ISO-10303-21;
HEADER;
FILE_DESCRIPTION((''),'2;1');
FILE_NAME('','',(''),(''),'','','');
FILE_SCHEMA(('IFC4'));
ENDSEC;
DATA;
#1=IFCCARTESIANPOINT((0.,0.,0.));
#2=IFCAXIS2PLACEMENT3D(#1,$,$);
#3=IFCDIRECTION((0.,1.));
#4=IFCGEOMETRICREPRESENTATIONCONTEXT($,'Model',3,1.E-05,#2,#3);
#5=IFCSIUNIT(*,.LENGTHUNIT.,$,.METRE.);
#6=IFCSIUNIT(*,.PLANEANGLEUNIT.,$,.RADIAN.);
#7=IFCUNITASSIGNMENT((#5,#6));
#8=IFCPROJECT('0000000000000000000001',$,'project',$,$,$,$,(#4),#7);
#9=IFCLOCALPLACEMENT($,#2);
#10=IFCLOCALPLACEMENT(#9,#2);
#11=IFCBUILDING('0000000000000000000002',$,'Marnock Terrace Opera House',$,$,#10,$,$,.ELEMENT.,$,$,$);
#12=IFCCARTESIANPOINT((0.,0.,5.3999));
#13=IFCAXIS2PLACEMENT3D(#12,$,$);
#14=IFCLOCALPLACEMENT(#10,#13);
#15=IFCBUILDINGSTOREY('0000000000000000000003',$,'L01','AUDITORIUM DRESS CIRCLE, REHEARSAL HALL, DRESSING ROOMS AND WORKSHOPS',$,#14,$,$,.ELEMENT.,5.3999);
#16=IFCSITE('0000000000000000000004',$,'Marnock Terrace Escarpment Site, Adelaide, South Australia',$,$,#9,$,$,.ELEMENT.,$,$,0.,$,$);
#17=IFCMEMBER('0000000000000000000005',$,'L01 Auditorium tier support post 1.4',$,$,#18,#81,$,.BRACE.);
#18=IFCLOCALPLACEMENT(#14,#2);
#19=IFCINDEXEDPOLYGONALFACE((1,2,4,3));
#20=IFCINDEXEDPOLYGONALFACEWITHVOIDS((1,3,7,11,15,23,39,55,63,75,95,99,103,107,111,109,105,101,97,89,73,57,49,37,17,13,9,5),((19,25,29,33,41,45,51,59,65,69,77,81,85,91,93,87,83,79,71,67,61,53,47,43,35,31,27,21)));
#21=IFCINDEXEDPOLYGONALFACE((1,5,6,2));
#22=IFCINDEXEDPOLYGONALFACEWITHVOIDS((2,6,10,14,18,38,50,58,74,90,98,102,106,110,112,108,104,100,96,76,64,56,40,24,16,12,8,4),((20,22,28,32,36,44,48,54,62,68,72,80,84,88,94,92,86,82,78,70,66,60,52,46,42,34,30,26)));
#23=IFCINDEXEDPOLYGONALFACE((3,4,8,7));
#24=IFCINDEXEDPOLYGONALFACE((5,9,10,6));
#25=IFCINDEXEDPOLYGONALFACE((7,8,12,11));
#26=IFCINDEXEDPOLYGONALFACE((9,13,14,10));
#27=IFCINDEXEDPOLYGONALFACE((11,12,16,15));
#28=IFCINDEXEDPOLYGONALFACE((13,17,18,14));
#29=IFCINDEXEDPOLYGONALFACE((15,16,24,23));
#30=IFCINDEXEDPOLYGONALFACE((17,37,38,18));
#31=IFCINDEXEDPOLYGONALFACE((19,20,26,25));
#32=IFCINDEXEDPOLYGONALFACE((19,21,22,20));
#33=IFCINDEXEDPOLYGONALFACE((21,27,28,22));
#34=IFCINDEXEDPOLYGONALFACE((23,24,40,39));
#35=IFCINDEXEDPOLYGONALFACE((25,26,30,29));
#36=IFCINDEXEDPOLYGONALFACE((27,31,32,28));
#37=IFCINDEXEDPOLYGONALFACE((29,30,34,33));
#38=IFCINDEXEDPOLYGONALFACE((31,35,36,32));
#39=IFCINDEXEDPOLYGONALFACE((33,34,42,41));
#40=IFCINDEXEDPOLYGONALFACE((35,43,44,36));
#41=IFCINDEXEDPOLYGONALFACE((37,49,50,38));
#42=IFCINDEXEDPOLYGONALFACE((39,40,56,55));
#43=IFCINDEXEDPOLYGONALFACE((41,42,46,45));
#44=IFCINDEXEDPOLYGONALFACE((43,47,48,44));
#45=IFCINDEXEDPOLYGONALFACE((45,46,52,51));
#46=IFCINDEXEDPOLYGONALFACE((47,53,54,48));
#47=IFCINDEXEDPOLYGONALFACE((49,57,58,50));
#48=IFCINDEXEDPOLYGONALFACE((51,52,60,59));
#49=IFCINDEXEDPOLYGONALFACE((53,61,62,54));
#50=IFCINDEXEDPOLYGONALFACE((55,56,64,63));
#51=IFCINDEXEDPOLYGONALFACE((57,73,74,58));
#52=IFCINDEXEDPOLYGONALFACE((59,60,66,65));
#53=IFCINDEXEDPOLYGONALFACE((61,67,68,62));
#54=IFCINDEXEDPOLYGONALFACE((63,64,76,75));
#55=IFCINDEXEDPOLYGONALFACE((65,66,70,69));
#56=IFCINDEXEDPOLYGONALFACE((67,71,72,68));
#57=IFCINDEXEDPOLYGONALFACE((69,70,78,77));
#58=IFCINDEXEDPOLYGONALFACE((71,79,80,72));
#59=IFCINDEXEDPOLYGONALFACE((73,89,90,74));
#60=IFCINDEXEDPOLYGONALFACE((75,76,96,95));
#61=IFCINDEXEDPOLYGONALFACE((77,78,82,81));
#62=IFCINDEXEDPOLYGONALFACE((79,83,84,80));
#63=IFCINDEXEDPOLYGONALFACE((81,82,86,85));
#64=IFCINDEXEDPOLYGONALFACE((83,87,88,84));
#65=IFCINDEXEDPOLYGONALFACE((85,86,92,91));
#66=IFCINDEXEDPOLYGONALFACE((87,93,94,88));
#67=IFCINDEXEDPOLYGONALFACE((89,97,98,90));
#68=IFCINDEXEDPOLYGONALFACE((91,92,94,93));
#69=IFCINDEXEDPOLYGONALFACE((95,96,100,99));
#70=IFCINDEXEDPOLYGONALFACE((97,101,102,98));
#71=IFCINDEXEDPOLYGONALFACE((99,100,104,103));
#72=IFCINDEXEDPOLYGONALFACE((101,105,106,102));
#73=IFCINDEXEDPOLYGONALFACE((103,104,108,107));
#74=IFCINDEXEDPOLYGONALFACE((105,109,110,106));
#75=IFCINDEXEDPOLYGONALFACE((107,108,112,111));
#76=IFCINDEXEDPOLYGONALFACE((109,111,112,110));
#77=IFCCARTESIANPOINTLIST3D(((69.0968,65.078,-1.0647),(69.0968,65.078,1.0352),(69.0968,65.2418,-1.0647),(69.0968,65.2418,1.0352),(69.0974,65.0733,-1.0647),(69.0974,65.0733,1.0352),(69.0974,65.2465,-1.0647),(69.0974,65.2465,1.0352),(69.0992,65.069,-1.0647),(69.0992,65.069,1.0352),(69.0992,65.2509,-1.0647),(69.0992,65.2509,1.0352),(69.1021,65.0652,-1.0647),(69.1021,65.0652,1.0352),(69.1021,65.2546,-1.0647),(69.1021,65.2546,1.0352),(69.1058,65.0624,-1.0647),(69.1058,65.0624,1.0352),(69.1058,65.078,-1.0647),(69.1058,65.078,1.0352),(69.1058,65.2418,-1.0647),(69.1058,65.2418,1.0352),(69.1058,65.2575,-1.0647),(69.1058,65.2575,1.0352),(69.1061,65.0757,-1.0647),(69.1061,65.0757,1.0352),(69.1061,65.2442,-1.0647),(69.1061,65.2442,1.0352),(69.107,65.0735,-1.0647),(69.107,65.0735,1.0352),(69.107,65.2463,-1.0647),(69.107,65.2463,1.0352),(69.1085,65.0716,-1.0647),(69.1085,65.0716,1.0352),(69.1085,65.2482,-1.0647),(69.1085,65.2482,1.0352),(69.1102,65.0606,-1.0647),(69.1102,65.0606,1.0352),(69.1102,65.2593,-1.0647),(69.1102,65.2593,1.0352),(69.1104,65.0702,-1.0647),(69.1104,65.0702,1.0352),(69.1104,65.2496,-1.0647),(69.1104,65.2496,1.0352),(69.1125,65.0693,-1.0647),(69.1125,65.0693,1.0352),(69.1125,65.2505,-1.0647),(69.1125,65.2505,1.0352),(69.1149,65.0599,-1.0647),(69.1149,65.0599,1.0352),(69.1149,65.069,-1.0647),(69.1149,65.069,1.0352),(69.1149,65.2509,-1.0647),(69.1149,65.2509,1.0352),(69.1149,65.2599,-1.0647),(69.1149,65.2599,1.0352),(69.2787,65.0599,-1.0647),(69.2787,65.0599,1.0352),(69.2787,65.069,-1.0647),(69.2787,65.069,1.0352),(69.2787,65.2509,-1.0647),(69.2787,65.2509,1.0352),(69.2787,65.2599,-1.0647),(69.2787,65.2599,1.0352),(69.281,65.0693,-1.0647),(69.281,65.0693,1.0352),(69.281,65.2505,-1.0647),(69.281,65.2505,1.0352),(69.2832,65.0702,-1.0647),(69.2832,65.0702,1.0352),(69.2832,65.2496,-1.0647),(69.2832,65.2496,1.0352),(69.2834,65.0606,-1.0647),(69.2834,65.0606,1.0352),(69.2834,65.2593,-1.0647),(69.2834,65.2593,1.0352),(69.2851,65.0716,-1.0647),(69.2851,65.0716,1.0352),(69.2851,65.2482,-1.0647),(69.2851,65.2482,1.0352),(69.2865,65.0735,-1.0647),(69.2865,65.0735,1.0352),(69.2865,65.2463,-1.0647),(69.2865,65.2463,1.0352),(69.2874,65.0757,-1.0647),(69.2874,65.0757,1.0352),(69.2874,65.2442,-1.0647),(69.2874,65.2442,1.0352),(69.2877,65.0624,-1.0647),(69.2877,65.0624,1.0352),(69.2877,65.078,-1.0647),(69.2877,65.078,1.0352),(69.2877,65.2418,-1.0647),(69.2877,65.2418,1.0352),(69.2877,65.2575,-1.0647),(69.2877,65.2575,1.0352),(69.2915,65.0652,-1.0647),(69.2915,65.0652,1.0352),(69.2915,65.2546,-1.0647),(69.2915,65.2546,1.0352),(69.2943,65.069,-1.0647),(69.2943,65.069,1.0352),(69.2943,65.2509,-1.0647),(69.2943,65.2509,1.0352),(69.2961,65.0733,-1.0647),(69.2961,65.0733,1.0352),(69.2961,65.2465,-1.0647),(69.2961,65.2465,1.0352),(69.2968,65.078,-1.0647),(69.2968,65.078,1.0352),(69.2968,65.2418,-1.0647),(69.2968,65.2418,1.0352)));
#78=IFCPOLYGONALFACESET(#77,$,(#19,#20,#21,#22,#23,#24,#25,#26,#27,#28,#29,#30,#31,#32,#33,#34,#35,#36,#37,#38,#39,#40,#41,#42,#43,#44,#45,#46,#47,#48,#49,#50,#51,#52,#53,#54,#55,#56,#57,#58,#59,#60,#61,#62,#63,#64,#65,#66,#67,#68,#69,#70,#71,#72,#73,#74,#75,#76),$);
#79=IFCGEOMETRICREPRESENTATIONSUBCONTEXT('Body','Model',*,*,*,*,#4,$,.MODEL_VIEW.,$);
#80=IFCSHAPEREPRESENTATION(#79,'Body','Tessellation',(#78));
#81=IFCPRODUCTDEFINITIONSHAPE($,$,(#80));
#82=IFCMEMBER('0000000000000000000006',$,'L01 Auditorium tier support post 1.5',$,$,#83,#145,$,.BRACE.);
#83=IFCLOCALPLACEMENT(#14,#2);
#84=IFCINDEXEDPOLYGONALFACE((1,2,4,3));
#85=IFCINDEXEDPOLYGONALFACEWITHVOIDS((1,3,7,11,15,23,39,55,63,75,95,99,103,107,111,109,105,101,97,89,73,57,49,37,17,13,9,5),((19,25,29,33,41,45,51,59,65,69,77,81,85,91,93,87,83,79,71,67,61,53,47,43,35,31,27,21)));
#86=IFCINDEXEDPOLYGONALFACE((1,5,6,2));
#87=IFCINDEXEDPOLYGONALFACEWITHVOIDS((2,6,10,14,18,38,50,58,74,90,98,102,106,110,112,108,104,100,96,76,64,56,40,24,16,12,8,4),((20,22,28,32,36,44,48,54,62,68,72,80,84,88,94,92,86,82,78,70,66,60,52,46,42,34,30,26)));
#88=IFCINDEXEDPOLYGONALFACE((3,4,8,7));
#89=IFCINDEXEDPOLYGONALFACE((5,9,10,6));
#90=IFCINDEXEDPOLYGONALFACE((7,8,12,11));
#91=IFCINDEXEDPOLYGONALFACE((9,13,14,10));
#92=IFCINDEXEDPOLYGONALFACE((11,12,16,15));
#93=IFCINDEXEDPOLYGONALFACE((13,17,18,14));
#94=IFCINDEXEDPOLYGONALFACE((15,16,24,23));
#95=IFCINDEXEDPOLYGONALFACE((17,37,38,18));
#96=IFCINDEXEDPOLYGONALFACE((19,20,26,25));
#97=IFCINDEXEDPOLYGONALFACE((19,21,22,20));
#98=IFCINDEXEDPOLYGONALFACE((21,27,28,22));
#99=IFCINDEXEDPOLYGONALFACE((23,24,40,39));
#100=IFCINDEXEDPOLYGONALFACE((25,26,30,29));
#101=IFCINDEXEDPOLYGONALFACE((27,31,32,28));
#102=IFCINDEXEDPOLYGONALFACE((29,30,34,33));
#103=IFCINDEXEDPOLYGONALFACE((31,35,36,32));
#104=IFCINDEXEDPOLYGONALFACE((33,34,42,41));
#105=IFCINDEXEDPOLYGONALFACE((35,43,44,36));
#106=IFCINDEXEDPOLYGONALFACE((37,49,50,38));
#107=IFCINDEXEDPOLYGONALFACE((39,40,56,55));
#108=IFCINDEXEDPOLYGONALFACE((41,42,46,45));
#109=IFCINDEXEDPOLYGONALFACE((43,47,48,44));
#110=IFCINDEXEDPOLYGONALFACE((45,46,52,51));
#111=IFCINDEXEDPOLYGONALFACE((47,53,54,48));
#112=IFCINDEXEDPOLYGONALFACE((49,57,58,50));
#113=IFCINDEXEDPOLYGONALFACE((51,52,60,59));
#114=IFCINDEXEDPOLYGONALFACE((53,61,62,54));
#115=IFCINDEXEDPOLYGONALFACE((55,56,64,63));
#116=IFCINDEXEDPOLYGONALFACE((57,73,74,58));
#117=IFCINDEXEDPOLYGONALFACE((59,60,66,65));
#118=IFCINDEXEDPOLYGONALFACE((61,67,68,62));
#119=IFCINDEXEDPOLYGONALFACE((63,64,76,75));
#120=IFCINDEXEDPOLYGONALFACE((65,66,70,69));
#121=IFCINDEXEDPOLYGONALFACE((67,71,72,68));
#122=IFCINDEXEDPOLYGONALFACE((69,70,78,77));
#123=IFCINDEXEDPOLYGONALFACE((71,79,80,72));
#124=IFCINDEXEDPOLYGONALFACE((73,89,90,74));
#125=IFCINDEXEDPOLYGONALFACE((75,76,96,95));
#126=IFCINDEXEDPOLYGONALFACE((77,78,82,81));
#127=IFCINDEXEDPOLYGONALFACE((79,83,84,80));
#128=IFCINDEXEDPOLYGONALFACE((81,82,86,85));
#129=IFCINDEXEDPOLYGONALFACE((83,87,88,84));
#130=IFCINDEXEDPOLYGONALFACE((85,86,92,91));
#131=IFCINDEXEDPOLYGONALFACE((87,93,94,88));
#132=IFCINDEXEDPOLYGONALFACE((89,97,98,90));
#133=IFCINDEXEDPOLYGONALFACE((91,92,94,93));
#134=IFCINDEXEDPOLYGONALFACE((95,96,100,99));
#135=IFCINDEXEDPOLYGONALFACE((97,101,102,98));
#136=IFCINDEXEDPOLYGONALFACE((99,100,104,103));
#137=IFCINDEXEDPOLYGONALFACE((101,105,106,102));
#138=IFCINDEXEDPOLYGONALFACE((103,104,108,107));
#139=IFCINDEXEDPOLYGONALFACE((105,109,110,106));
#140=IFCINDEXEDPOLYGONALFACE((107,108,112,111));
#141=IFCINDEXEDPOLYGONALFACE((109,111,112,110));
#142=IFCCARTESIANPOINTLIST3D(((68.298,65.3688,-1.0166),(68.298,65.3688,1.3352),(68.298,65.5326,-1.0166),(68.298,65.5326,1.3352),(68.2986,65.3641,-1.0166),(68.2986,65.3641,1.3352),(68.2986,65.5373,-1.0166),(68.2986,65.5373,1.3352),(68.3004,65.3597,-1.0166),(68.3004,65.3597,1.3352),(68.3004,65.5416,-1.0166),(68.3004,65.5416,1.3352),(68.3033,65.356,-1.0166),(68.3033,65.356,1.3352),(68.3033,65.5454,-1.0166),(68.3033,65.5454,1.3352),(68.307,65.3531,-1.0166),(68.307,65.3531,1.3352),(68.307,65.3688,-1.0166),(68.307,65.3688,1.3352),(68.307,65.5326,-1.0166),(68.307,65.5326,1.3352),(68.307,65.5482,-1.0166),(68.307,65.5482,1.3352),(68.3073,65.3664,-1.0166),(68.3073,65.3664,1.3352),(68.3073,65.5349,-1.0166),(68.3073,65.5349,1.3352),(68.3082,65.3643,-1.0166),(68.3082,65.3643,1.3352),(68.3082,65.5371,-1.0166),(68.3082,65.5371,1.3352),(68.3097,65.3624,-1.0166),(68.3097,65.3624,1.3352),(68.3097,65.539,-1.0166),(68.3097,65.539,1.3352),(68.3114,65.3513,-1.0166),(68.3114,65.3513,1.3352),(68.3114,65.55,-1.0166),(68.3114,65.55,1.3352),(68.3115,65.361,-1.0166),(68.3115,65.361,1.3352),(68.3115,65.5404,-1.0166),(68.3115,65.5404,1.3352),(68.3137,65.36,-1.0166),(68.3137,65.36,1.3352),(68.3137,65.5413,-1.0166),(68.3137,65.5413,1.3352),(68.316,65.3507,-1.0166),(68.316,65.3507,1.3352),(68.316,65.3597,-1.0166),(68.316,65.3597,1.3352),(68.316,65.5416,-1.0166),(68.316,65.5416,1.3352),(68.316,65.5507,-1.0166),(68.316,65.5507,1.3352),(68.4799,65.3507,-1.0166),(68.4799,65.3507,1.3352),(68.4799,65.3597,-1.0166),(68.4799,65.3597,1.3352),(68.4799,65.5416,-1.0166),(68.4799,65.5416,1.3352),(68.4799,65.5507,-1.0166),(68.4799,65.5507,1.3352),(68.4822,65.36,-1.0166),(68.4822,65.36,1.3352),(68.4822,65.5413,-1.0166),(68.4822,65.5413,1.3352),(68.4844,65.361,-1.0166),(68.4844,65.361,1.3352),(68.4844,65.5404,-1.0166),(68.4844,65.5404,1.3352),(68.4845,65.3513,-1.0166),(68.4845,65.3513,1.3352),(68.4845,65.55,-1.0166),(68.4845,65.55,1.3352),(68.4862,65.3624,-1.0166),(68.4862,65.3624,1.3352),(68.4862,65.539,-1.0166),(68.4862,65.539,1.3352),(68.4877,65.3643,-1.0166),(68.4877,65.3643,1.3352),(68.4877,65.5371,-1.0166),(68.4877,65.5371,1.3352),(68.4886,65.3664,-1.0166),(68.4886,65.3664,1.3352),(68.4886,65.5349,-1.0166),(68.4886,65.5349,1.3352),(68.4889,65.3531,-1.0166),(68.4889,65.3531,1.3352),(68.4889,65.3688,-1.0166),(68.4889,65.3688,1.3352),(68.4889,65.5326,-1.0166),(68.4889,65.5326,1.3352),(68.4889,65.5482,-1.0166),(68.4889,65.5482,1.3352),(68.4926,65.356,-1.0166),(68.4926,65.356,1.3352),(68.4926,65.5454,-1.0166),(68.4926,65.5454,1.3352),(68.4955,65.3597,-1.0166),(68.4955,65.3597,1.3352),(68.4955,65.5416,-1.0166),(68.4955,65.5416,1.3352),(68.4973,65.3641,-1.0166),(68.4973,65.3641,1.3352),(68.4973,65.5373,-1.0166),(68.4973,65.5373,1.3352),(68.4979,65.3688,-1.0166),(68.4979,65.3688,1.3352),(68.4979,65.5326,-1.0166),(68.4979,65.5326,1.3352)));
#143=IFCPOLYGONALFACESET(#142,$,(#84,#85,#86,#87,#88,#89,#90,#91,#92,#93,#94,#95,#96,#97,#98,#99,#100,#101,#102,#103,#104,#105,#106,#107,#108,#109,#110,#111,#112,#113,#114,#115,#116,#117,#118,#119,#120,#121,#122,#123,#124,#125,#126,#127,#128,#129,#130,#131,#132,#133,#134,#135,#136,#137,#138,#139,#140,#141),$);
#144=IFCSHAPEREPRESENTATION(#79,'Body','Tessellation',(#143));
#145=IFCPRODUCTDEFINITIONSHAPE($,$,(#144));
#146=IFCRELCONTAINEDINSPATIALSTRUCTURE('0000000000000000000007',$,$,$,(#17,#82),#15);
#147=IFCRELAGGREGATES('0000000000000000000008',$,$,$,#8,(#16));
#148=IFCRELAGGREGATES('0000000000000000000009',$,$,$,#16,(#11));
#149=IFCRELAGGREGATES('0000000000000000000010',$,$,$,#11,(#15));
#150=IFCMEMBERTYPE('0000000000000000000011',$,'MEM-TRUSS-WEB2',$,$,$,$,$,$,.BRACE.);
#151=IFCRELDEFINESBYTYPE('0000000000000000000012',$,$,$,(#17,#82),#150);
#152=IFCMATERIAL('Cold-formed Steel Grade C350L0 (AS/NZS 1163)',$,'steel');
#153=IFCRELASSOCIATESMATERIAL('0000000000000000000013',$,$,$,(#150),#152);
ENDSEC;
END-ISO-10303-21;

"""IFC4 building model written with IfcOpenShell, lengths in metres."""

from ifc_helpers import new_model, si_unit, direction, frame, origin, origin_2d, place, context, subcontext, project, spatial, hollow_rectangle, extrude, material, material_profile, profile_set, type_object, element, save


model = new_model("IFC4")

# Units and contexts
model_context = context("Model", 3, precision=1e-05, world=origin(), true_north=direction((0.0, 1.0)))
body_context = subcontext(model_context, "Body", "Model", "MODEL_VIEW")
ifc_project = project(units=[si_unit("LENGTHUNIT", "METRE"), si_unit("PLANEANGLEUNIT", "RADIAN")], contexts=[model_context])

# Site, building, storey
site_placement = place(None, origin())
site = spatial("IfcSite", under=ifc_project, at=site_placement, Name="Marnock Terrace Escarpment Site, Adelaide, South Australia", CompositionType="ELEMENT", RefElevation=0.0)
building_placement = place(site_placement, origin())
building = spatial("IfcBuilding", under=site, at=building_placement, Name="Marnock Terrace Opera House", CompositionType="ELEMENT")
storey_placement = place(building_placement, frame((0.0, 0.0, 5.3999)))
storey = spatial("IfcBuildingStorey", under=building, at=storey_placement, Name="L01", Description="AUDITORIUM DRESS CIRCLE, REHEARSAL HALL, DRESSING ROOMS AND WORKSHOPS", CompositionType="ELEMENT", Elevation=5.3999)

# Members
ifc_material_1 = material(Name="Cold-formed Steel Grade C350L0 (AS/NZS 1163)", Category="steel")
ifc_material_profile_1 = material_profile(ifc_material_1, hollow_rectangle(XDim=0.2, YDim=0.2, WallThickness=0.009, InnerFilletRadius=0.009, OuterFilletRadius=0.0181, at=origin_2d()))
ifc_profile_set_1 = profile_set([ifc_material_profile_1], Name="Cold-formed Steel Grade C350L0 (AS/NZS 1163)")
member_type = type_object("IfcMemberType", Name="MEM-TRUSS-WEB2", PredefinedType="BRACE", material=ifc_profile_set_1)
member_1_placement = place(storey_placement, frame((69.1968, 65.1599, -1.0647), z_axis=(0.0, 0.0, 1.0), x_axis=(1.0, 0.0, 0.0)))
element("IfcMember", 1, at=member_1_placement, inside=storey, type_object=member_type, Name="L01 Auditorium tier support post 1.4", PredefinedType="BRACE", context=body_context, shape_type="SweptSolid", body=[
    extrude(hollow_rectangle(XDim=0.2, YDim=0.2, WallThickness=0.009, InnerFilletRadius=0.009, OuterFilletRadius=0.0181, at=origin_2d()), origin(), (0.0, 0.0, 1.0), 2.0999),
])
member_2_placement = place(storey_placement, frame((68.3979, 65.4507, -1.0166), z_axis=(0.0, 0.0, 1.0), x_axis=(1.0, 0.0, 0.0)))
element("IfcMember", 2, at=member_2_placement, inside=storey, type_object=member_type, Name="L01 Auditorium tier support post 1.5", PredefinedType="BRACE", context=body_context, shape_type="SweptSolid", body=[
    extrude(hollow_rectangle(XDim=0.2, YDim=0.2, WallThickness=0.009, InnerFilletRadius=0.009, OuterFilletRadius=0.0181, at=origin_2d()), origin(), (0.0, 0.0, 1.0), 2.3518),
])

save(model, "model.ifc")
